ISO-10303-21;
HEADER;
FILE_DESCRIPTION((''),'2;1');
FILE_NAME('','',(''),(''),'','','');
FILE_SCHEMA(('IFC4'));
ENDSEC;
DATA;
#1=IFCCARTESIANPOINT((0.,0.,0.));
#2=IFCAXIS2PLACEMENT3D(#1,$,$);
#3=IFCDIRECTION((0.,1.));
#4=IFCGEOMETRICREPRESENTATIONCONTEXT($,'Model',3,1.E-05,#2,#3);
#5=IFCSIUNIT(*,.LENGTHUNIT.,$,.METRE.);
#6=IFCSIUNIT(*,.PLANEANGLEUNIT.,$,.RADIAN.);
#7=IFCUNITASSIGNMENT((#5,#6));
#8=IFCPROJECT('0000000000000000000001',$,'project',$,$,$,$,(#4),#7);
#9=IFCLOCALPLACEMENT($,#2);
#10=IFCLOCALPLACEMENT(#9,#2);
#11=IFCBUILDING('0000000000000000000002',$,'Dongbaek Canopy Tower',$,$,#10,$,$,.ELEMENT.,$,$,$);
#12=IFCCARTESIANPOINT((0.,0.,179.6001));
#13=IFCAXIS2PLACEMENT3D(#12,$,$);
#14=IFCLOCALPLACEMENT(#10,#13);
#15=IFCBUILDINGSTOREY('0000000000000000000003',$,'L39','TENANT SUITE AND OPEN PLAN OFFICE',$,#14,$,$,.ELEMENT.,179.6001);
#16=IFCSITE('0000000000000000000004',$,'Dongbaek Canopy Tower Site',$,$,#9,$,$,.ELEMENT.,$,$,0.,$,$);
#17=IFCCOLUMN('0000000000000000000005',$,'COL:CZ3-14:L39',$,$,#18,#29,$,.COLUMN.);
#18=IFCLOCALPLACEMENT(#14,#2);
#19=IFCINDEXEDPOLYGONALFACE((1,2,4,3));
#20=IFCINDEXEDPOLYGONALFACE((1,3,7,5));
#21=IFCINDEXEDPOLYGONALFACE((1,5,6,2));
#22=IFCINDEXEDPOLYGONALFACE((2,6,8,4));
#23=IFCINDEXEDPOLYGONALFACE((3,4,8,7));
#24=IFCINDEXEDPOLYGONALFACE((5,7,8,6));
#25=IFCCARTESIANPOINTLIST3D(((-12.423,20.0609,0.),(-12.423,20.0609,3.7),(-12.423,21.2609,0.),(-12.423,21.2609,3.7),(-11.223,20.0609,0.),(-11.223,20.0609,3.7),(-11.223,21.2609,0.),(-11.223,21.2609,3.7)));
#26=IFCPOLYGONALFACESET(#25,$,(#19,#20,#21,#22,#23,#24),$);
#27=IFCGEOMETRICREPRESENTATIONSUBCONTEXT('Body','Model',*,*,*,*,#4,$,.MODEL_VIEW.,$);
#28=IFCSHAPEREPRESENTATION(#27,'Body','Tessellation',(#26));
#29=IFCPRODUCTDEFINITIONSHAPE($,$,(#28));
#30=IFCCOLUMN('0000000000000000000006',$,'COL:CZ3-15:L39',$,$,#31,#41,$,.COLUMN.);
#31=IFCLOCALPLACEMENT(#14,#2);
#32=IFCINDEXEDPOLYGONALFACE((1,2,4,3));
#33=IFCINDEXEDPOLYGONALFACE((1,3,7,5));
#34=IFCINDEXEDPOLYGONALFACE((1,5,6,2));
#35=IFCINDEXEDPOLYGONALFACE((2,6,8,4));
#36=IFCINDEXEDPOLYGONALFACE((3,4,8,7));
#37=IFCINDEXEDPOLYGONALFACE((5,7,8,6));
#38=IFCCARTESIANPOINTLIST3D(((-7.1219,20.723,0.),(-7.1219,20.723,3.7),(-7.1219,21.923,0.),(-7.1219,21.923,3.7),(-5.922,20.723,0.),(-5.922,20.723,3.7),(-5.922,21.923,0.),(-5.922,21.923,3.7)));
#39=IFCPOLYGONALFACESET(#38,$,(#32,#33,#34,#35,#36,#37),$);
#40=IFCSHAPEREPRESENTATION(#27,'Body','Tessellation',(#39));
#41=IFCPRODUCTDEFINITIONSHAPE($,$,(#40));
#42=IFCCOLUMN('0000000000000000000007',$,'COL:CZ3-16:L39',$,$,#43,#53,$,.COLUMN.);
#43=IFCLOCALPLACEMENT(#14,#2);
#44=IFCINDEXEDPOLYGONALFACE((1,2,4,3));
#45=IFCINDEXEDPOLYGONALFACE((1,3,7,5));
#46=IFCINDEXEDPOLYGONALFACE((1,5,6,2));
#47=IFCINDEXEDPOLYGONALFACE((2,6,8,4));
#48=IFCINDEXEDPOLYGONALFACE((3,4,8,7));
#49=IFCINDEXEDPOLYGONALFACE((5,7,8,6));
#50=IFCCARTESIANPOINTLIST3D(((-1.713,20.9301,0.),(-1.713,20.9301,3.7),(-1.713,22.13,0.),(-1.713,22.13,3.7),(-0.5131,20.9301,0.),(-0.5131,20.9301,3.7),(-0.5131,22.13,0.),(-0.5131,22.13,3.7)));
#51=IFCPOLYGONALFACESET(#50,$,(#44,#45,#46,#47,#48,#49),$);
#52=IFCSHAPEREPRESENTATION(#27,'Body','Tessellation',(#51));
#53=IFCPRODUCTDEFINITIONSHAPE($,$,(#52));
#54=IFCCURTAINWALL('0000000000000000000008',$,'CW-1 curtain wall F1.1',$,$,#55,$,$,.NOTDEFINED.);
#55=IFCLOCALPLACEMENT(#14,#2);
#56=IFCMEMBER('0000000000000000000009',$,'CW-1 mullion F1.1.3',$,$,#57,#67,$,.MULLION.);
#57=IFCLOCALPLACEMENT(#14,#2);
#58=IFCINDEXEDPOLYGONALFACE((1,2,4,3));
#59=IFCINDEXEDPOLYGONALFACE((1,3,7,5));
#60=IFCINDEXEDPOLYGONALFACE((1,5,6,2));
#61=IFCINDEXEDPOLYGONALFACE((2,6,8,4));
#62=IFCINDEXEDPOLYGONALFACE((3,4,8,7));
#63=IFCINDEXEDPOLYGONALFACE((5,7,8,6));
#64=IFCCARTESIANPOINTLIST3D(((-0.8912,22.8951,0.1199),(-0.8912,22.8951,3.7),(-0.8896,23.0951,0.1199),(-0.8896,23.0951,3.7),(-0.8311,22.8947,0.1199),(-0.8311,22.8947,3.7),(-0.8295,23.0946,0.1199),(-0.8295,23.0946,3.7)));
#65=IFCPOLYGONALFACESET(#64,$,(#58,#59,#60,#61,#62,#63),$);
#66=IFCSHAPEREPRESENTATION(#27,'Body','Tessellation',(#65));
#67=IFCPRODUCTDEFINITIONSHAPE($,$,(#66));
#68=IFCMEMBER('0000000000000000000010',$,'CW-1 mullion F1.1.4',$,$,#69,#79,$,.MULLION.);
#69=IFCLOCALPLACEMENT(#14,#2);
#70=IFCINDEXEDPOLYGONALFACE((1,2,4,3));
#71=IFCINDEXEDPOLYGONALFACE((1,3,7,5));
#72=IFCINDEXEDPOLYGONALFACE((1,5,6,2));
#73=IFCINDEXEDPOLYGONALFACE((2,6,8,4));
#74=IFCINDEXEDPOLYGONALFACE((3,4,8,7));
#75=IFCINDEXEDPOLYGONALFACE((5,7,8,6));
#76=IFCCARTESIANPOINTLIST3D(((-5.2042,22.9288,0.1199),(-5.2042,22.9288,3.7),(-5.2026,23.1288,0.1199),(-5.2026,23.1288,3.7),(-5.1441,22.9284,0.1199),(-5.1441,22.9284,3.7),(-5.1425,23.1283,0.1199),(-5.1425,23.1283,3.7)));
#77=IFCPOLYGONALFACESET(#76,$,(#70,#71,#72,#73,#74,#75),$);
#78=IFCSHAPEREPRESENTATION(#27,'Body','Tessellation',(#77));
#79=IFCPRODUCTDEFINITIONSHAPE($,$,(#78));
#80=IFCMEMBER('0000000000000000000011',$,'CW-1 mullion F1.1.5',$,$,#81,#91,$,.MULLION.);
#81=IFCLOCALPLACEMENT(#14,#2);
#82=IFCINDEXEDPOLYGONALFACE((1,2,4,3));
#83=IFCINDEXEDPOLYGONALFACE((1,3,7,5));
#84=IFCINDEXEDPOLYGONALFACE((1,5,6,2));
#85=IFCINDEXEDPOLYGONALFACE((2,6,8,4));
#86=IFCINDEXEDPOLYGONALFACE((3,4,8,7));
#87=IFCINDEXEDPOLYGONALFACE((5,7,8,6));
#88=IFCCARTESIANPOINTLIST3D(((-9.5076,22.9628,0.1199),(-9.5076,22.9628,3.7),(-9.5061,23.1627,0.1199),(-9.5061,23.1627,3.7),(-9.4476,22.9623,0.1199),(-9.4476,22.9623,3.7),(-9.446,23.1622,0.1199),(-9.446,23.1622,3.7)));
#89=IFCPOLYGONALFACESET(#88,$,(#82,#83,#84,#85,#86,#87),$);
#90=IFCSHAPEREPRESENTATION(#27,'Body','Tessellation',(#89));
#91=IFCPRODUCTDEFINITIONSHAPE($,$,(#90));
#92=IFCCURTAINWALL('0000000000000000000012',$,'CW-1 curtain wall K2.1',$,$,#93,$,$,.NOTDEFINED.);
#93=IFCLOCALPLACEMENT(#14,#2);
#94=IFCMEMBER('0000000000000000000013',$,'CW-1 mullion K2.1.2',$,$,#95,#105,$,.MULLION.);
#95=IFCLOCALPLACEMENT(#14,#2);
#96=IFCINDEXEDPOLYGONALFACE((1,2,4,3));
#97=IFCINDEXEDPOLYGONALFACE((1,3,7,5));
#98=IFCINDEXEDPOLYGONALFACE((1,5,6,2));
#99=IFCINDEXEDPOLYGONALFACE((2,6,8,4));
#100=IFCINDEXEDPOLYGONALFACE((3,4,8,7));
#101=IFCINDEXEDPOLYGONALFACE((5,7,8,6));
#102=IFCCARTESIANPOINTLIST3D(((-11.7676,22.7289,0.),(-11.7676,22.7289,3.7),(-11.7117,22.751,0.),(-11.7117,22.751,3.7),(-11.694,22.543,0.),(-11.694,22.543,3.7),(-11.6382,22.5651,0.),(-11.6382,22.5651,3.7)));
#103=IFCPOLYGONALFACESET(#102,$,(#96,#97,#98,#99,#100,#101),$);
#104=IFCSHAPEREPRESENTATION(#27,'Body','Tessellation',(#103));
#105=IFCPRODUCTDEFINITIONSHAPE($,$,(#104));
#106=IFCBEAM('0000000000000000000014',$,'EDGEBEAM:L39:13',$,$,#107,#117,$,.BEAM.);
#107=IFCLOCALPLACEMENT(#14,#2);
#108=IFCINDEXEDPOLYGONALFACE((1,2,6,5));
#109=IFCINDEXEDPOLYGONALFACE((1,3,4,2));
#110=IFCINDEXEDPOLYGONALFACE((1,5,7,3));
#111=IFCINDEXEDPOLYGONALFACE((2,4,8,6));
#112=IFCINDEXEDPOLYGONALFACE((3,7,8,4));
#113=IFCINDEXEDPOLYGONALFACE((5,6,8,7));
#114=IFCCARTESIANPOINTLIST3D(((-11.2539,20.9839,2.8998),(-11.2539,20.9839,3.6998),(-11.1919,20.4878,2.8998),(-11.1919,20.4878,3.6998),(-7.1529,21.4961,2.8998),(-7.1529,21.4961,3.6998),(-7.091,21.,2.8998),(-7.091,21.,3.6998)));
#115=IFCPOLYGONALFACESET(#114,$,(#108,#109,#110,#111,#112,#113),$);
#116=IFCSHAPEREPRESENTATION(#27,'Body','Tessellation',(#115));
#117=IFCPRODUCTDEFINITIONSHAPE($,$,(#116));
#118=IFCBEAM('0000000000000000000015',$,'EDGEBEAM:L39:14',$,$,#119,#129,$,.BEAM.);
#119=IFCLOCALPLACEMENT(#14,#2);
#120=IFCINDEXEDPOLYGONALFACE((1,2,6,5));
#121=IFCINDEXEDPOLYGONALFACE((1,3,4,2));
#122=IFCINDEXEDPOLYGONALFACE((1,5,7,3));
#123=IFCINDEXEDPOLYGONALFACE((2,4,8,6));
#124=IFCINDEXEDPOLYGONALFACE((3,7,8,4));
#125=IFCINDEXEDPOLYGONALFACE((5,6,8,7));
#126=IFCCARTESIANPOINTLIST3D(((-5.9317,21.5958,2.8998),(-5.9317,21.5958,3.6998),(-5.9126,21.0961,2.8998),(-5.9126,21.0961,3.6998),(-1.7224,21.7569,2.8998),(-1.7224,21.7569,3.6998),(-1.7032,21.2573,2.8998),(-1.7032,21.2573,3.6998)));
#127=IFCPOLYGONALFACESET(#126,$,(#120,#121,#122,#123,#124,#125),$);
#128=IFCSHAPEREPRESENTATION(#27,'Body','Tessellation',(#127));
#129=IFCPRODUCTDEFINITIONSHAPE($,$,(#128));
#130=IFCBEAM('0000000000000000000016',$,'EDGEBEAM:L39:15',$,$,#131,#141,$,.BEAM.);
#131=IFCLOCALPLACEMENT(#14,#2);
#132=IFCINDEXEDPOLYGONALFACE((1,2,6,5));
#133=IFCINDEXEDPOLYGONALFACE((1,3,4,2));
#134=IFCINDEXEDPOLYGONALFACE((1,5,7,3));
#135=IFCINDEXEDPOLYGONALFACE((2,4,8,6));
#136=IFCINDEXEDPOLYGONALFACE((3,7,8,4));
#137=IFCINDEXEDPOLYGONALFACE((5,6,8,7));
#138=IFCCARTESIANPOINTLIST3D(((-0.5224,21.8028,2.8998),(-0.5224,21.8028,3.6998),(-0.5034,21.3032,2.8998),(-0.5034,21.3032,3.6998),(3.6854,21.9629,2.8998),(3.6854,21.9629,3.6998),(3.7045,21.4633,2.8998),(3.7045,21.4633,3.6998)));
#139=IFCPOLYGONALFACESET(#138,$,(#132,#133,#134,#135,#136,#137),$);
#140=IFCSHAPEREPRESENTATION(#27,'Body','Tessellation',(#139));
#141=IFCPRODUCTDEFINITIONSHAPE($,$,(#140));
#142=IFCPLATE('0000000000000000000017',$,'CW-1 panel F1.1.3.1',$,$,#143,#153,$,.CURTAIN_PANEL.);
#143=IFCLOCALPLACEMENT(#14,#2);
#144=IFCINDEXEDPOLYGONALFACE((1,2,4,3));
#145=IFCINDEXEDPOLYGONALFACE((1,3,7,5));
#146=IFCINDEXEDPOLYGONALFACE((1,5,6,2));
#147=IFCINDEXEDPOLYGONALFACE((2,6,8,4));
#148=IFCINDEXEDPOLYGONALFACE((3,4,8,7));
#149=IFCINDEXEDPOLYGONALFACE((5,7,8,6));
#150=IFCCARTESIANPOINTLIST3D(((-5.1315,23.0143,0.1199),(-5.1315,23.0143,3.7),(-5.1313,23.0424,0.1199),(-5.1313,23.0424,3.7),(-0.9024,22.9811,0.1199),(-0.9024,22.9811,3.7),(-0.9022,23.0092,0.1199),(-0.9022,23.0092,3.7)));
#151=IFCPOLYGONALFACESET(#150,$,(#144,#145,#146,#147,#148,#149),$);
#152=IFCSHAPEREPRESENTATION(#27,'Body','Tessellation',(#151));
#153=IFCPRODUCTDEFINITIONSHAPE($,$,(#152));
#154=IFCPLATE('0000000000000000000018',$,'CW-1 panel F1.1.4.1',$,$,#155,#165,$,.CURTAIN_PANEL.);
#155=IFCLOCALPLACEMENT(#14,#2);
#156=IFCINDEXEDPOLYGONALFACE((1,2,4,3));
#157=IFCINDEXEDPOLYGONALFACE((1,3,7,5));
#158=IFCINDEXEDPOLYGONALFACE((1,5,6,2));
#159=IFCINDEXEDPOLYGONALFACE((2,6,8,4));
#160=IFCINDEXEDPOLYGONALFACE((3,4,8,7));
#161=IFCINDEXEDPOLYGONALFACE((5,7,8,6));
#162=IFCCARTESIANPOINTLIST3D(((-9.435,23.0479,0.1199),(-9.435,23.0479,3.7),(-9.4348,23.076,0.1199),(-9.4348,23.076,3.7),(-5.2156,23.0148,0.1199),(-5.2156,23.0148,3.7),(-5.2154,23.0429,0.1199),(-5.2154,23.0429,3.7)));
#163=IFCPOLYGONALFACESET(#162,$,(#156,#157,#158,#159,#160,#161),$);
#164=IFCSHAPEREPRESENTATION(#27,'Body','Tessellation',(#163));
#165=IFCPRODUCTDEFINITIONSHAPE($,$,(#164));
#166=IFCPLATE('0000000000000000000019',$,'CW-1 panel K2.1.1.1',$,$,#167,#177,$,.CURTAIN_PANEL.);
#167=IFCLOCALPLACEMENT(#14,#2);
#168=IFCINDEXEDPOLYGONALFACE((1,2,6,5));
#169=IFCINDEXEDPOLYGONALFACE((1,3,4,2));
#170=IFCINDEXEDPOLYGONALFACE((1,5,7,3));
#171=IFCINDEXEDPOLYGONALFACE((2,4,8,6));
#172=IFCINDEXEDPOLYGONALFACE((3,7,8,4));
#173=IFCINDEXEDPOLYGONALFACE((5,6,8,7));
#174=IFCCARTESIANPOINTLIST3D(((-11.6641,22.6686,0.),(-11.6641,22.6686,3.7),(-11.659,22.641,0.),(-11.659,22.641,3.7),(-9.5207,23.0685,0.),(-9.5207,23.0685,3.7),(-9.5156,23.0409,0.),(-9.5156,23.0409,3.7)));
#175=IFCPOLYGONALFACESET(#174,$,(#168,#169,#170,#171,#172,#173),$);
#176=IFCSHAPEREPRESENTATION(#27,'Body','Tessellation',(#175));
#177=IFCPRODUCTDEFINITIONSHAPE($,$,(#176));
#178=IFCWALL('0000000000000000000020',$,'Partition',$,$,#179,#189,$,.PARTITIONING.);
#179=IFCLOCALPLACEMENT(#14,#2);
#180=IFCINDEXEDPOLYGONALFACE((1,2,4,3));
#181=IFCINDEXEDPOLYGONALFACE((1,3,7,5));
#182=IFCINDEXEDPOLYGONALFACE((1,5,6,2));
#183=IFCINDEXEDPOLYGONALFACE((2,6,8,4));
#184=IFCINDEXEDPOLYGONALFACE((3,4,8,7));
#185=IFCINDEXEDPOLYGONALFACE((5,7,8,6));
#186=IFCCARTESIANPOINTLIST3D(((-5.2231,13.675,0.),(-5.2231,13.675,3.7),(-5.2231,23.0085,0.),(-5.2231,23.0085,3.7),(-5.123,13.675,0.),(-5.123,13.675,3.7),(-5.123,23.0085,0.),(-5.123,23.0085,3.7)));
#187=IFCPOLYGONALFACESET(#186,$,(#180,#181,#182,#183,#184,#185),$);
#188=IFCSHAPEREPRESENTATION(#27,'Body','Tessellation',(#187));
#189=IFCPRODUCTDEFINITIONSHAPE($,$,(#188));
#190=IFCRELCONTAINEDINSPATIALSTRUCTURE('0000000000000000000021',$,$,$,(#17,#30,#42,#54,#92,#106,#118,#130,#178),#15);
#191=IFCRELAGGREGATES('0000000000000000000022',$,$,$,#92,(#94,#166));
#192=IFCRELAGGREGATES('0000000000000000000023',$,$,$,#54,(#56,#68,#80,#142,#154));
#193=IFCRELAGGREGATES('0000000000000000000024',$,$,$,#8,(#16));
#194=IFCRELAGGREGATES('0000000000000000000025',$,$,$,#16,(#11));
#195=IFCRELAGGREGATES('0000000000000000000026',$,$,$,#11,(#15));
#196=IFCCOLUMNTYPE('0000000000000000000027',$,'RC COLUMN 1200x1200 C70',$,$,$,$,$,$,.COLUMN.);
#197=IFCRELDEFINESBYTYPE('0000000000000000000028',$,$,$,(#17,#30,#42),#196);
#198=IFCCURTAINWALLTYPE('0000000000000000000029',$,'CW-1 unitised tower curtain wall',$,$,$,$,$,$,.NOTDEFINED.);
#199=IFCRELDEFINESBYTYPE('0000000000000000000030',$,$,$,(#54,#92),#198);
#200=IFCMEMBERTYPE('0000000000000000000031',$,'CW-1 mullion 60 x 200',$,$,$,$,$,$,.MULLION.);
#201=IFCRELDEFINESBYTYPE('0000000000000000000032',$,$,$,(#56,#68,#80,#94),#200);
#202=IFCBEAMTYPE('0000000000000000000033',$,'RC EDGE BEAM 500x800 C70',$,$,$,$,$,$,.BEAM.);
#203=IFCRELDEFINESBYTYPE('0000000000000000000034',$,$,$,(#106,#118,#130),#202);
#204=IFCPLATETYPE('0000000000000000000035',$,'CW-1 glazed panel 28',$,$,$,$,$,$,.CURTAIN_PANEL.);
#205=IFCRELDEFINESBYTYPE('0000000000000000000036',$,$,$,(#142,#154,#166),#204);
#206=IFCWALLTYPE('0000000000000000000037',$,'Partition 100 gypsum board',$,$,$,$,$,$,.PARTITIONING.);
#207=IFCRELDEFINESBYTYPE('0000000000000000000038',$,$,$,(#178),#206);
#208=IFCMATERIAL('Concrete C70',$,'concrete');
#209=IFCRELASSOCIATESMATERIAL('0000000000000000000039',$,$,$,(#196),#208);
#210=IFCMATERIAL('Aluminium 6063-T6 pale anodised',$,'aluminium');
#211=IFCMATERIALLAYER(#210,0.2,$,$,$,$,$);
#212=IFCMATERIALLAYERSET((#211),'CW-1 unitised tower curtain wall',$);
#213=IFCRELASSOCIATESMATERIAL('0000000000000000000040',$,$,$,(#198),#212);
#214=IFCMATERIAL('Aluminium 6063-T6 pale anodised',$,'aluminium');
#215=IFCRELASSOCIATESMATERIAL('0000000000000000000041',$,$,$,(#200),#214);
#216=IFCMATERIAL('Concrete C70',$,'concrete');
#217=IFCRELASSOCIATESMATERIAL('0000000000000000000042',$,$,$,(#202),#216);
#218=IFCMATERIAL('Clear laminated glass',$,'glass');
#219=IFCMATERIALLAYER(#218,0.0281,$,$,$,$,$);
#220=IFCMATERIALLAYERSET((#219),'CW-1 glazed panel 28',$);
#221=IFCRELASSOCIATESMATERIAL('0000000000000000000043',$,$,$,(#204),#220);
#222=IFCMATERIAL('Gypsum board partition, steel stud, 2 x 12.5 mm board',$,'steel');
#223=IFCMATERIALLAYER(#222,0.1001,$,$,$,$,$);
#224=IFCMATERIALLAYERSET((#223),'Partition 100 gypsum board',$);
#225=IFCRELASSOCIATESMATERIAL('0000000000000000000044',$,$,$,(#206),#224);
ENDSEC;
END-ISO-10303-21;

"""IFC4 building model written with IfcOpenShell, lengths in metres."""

from ifc_helpers import new_model, si_unit, direction, frame, frame_2d, origin, origin_2d, place, context, subcontext, project, spatial, rectangle, extrude, material, layer, layer_set, material_profile, profile_set, type_object, element, aggregate, save


model = new_model("IFC4")

# Units and contexts
model_context = context("Model", 3, precision=1e-05, world=origin(), true_north=direction((0.0, 1.0)))
body_context = subcontext(model_context, "Body", "Model", "MODEL_VIEW")
ifc_project = project(units=[si_unit("LENGTHUNIT", "METRE"), si_unit("PLANEANGLEUNIT", "RADIAN")], contexts=[model_context])

# Site, building, storey
site_placement = place(None, origin())
site = spatial("IfcSite", under=ifc_project, at=site_placement, Name="Dongbaek Canopy Tower Site", CompositionType="ELEMENT", RefElevation=0.0)
building_placement = place(site_placement, origin())
building = spatial("IfcBuilding", under=site, at=building_placement, Name="Dongbaek Canopy Tower", CompositionType="ELEMENT")
storey_placement = place(building_placement, frame((0.0, 0.0, 179.6001)))
storey = spatial("IfcBuildingStorey", under=building, at=storey_placement, Name="L39", Description="TENANT SUITE AND OPEN PLAN OFFICE", CompositionType="ELEMENT", Elevation=179.6001)

# Columns
ifc_material_1 = material(Name="Concrete C70", Category="concrete")
ifc_material_profile_1 = material_profile(ifc_material_1, rectangle(XDim=1.2, YDim=1.2, at=origin_2d()), Name="RC COLUMN 1200x1200 C70")
ifc_profile_set_1 = profile_set([ifc_material_profile_1], Name="Concrete C70")
column_type = type_object("IfcColumnType", Name="RC COLUMN 1200x1200 C70", PredefinedType="COLUMN", material=ifc_profile_set_1)
for number, where, z_axis, x_axis, name in (
    (1, (-11.823, 20.6609, 0.0), (0.0, 0.0, 1.0), (1.0, 0.0, 0.0), "COL:CZ3-14:L39"),
    (2, (-6.522, 21.323, 0.0), (0.0, 0.0, 1.0), (1.0, 0.0, 0.0), "COL:CZ3-15:L39"),
    (3, (-1.113, 21.53, 0.0), (0.0, 0.0, 1.0), (1.0, 0.0, 0.0), "COL:CZ3-16:L39"),
):
    element("IfcColumn", number, at=place(storey_placement, frame(where, z_axis=z_axis, x_axis=x_axis)), inside=storey, type_object=column_type, Name=name, PredefinedType="COLUMN", context=body_context, shape_type="SweptSolid", body=[
        extrude(rectangle(XDim=1.2, YDim=1.2, at=origin_2d()), origin(), (0.0, 0.0, 1.0), 3.7),
    ])

# Curtain wall, members
ifc_material_2 = material(Name="Aluminium 6063-T6 pale anodised", Category="aluminium")
ifc_layer_1 = layer(ifc_material_2, 0.2)
ifc_layer_set_1 = layer_set([ifc_layer_1], Name="CW-1 unitised tower curtain wall")
curtain_wall_type = type_object("IfcCurtainWallType", Name="CW-1 unitised tower curtain wall", PredefinedType="NOTDEFINED", material=ifc_layer_set_1)
curtain_wall_1_placement = place(storey_placement, origin())
curtain_wall_1 = element("IfcCurtainWall", 4, at=curtain_wall_1_placement, inside=storey, type_object=curtain_wall_type, Name="CW-1 curtain wall F1.1", PredefinedType="NOTDEFINED")
ifc_material_3 = material(Name="Aluminium 6063-T6 pale anodised", Category="aluminium")
ifc_material_profile_2 = material_profile(ifc_material_3, rectangle(XDim=0.2, YDim=0.0601, at=origin_2d()), Name="CW-1 mullion 60 x 200")
ifc_profile_set_2 = profile_set([ifc_material_profile_2], Name="Aluminium 6063-T6 pale anodised")
member_type = type_object("IfcMemberType", Name="CW-1 mullion 60 x 200", PredefinedType="MULLION", material=ifc_profile_set_2)
member_1_placement = place(storey_placement, frame((-0.8604, 22.9949, 0.1199), z_axis=(0.0, 0.0, 1.0), x_axis=(0.007847, 0.999969, 0.0)))
member_1 = element("IfcMember", 5, at=member_1_placement, type_object=member_type, Name="CW-1 mullion F1.1.3", PredefinedType="MULLION", context=body_context, shape_type="SweptSolid", body=[
    extrude(rectangle(XDim=0.2, YDim=0.0601, at=origin_2d()), origin(), (0.0, 0.0, 1.0), 3.5801),
])
member_2_placement = place(storey_placement, frame((-5.1733, 23.0286, 0.1199), z_axis=(0.0, 0.0, 1.0), x_axis=(0.007847, 0.999969, 0.0)))
member_2 = element("IfcMember", 6, at=member_2_placement, type_object=member_type, Name="CW-1 mullion F1.1.4", PredefinedType="MULLION", context=body_context, shape_type="SweptSolid", body=[
    extrude(rectangle(XDim=0.2, YDim=0.0601, at=origin_2d()), origin(), (0.0, 0.0, 1.0), 3.5801),
])
member_3_placement = place(storey_placement, frame((-9.4768, 23.0625, 0.1199), z_axis=(0.0, 0.0, 1.0), x_axis=(0.007847, 0.999969, 0.0)))
member_3 = element("IfcMember", 7, at=member_3_placement, type_object=member_type, Name="CW-1 mullion F1.1.5", PredefinedType="MULLION", context=body_context, shape_type="SweptSolid", body=[
    extrude(rectangle(XDim=0.2, YDim=0.0601, at=origin_2d()), origin(), (0.0, 0.0, 1.0), 3.5801),
])

# Curtain wall, member
curtain_wall_2_placement = place(storey_placement, origin())
curtain_wall_2 = element("IfcCurtainWall", 8, at=curtain_wall_2_placement, inside=storey, type_object=curtain_wall_type, Name="CW-1 curtain wall K2.1", PredefinedType="NOTDEFINED")
member_4_placement = place(storey_placement, frame((-11.7029, 22.647, 0.0), z_axis=(0.0, 0.0, 1.0), x_axis=(-0.367936, 0.929851, 0.0)))
member_4 = element("IfcMember", 9, at=member_4_placement, type_object=member_type, Name="CW-1 mullion K2.1.2", PredefinedType="MULLION", context=body_context, shape_type="SweptSolid", body=[
    extrude(rectangle(XDim=0.2, YDim=0.0601, at=origin_2d()), origin(), (0.0, 0.0, 1.0), 3.7),
])

# Beams
ifc_material_4 = material(Name="Concrete C70", Category="concrete")
ifc_material_profile_3 = material_profile(ifc_material_4, rectangle(XDim=0.5, YDim=0.8, at=origin_2d()), Name="RC EDGE BEAM 500x800 C70")
ifc_profile_set_3 = profile_set([ifc_material_profile_3], Name="Concrete C70")
beam_type = type_object("IfcBeamType", Name="RC EDGE BEAM 500x800 C70", PredefinedType="BEAM", material=ifc_profile_set_3)
beam_1_placement = place(storey_placement, frame((-11.2229, 20.7358, 3.2998), z_axis=(0.99229, 0.12394, 0.0), x_axis=(-0.12394, 0.99229, 0.0)))
element("IfcBeam", 10, at=beam_1_placement, inside=storey, type_object=beam_type, Name="EDGEBEAM:L39:13", PredefinedType="BEAM", context=body_context, shape_type="SweptSolid", body=[
    extrude(rectangle(XDim=0.5, YDim=0.8, at=origin_2d()), origin(), (0.0, 0.0, 1.0), 4.1328),
])
beam_2_placement = place(storey_placement, frame((-5.9221, 21.3459, 3.2998), z_axis=(0.999268, 0.038253, 0.0), x_axis=(-0.038253, 0.999268, 0.0)))
element("IfcBeam", 11, at=beam_2_placement, inside=storey, type_object=beam_type, Name="EDGEBEAM:L39:14", PredefinedType="BEAM", context=body_context, shape_type="SweptSolid", body=[
    extrude(rectangle(XDim=0.5, YDim=0.8, at=origin_2d()), origin(), (0.0, 0.0, 1.0), 4.2124),
])
beam_3_placement = place(storey_placement, frame((-0.5129, 21.553, 3.2998), z_axis=(0.999277, 0.038032, 0.0), x_axis=(-0.038032, 0.999277, 0.0)))
element("IfcBeam", 12, at=beam_3_placement, inside=storey, type_object=beam_type, Name="EDGEBEAM:L39:15", PredefinedType="BEAM", context=body_context, shape_type="SweptSolid", body=[
    extrude(rectangle(XDim=0.5, YDim=0.8, at=origin_2d()), origin(), (0.0, 0.0, 1.0), 4.2109),
])

# Plates
ifc_material_5 = material(Name="Clear laminated glass", Category="glass")
ifc_layer_2 = layer(ifc_material_5, 0.0281)
ifc_layer_set_2 = layer_set([ifc_layer_2], Name="CW-1 glazed panel 28")
plate_type = type_object("IfcPlateType", Name="CW-1 glazed panel 28", PredefinedType="CURTAIN_PANEL", material=ifc_layer_set_2)
plate_1_placement = place(storey_placement, frame((-3.0168, 23.0117, 0.1199), z_axis=(0.0, 0.0, 1.0), x_axis=(-0.999969, 0.007847, 0.0)))
plate_1 = element("IfcPlate", 13, at=plate_1_placement, type_object=plate_type, Name="CW-1 panel F1.1.3.1", PredefinedType="CURTAIN_PANEL", context=body_context, shape_type="SweptSolid", body=[
    extrude(rectangle(XDim=4.2292, YDim=0.0281, at=origin_2d()), origin(), (0.0, 0.0, 1.0), 3.5801),
])
plate_2_placement = place(storey_placement, frame((-7.3252, 23.0454, 0.1199), z_axis=(0.0, 0.0, 1.0), x_axis=(-0.999969, 0.007847, 0.0)))
plate_2 = element("IfcPlate", 14, at=plate_2_placement, type_object=plate_type, Name="CW-1 panel F1.1.4.1", PredefinedType="CURTAIN_PANEL", context=body_context, shape_type="SweptSolid", body=[
    extrude(rectangle(XDim=4.2195, YDim=0.0281, at=origin_2d()), origin(), (0.0, 0.0, 1.0), 3.5801),
])
plate_3_placement = place(storey_placement, frame((-10.5898, 22.8547, 0.0), z_axis=(0.0, 0.0, 1.0), x_axis=(-0.983033, -0.183426, 0.0)))
plate_3 = element("IfcPlate", 15, at=plate_3_placement, type_object=plate_type, Name="CW-1 panel K2.1.1.1", PredefinedType="CURTAIN_PANEL", context=body_context, shape_type="SweptSolid", body=[
    extrude(rectangle(XDim=2.1804, YDim=0.0281, at=origin_2d()), origin(), (0.0, 0.0, 1.0), 3.7),
])
aggregate(curtain_wall_2, [member_4, plate_3])

# Wall
ifc_material_6 = material(Name="Gypsum board partition, steel stud, 2 x 12.5 mm board", Category="steel")
ifc_layer_3 = layer(ifc_material_6, 0.1001)
ifc_layer_set_3 = layer_set([ifc_layer_3], Name="Partition 100 gypsum board")
wall_type = type_object("IfcWallType", Name="Partition 100 gypsum board", PredefinedType="PARTITIONING", material=ifc_layer_set_3)
wall_placement = place(storey_placement, frame((-5.1731, 13.675, 0.0), z_axis=(0.0, 0.0, 1.0), x_axis=(0.0, 1.0, 0.0)))
element("IfcWall", 16, at=wall_placement, inside=storey, type_object=wall_type, Name="Partition", PredefinedType="PARTITIONING", context=body_context, shape_type="SweptSolid", body=[
    extrude(rectangle(XDim=9.3335, YDim=0.1001, at=frame_2d((4.6667, 0.0))), origin(), (0.0, 0.0, 1.0), 3.7),
])

aggregate(curtain_wall_1, [member_1, member_2, member_3, plate_1, plate_2])

save(model, "model.ifc")
